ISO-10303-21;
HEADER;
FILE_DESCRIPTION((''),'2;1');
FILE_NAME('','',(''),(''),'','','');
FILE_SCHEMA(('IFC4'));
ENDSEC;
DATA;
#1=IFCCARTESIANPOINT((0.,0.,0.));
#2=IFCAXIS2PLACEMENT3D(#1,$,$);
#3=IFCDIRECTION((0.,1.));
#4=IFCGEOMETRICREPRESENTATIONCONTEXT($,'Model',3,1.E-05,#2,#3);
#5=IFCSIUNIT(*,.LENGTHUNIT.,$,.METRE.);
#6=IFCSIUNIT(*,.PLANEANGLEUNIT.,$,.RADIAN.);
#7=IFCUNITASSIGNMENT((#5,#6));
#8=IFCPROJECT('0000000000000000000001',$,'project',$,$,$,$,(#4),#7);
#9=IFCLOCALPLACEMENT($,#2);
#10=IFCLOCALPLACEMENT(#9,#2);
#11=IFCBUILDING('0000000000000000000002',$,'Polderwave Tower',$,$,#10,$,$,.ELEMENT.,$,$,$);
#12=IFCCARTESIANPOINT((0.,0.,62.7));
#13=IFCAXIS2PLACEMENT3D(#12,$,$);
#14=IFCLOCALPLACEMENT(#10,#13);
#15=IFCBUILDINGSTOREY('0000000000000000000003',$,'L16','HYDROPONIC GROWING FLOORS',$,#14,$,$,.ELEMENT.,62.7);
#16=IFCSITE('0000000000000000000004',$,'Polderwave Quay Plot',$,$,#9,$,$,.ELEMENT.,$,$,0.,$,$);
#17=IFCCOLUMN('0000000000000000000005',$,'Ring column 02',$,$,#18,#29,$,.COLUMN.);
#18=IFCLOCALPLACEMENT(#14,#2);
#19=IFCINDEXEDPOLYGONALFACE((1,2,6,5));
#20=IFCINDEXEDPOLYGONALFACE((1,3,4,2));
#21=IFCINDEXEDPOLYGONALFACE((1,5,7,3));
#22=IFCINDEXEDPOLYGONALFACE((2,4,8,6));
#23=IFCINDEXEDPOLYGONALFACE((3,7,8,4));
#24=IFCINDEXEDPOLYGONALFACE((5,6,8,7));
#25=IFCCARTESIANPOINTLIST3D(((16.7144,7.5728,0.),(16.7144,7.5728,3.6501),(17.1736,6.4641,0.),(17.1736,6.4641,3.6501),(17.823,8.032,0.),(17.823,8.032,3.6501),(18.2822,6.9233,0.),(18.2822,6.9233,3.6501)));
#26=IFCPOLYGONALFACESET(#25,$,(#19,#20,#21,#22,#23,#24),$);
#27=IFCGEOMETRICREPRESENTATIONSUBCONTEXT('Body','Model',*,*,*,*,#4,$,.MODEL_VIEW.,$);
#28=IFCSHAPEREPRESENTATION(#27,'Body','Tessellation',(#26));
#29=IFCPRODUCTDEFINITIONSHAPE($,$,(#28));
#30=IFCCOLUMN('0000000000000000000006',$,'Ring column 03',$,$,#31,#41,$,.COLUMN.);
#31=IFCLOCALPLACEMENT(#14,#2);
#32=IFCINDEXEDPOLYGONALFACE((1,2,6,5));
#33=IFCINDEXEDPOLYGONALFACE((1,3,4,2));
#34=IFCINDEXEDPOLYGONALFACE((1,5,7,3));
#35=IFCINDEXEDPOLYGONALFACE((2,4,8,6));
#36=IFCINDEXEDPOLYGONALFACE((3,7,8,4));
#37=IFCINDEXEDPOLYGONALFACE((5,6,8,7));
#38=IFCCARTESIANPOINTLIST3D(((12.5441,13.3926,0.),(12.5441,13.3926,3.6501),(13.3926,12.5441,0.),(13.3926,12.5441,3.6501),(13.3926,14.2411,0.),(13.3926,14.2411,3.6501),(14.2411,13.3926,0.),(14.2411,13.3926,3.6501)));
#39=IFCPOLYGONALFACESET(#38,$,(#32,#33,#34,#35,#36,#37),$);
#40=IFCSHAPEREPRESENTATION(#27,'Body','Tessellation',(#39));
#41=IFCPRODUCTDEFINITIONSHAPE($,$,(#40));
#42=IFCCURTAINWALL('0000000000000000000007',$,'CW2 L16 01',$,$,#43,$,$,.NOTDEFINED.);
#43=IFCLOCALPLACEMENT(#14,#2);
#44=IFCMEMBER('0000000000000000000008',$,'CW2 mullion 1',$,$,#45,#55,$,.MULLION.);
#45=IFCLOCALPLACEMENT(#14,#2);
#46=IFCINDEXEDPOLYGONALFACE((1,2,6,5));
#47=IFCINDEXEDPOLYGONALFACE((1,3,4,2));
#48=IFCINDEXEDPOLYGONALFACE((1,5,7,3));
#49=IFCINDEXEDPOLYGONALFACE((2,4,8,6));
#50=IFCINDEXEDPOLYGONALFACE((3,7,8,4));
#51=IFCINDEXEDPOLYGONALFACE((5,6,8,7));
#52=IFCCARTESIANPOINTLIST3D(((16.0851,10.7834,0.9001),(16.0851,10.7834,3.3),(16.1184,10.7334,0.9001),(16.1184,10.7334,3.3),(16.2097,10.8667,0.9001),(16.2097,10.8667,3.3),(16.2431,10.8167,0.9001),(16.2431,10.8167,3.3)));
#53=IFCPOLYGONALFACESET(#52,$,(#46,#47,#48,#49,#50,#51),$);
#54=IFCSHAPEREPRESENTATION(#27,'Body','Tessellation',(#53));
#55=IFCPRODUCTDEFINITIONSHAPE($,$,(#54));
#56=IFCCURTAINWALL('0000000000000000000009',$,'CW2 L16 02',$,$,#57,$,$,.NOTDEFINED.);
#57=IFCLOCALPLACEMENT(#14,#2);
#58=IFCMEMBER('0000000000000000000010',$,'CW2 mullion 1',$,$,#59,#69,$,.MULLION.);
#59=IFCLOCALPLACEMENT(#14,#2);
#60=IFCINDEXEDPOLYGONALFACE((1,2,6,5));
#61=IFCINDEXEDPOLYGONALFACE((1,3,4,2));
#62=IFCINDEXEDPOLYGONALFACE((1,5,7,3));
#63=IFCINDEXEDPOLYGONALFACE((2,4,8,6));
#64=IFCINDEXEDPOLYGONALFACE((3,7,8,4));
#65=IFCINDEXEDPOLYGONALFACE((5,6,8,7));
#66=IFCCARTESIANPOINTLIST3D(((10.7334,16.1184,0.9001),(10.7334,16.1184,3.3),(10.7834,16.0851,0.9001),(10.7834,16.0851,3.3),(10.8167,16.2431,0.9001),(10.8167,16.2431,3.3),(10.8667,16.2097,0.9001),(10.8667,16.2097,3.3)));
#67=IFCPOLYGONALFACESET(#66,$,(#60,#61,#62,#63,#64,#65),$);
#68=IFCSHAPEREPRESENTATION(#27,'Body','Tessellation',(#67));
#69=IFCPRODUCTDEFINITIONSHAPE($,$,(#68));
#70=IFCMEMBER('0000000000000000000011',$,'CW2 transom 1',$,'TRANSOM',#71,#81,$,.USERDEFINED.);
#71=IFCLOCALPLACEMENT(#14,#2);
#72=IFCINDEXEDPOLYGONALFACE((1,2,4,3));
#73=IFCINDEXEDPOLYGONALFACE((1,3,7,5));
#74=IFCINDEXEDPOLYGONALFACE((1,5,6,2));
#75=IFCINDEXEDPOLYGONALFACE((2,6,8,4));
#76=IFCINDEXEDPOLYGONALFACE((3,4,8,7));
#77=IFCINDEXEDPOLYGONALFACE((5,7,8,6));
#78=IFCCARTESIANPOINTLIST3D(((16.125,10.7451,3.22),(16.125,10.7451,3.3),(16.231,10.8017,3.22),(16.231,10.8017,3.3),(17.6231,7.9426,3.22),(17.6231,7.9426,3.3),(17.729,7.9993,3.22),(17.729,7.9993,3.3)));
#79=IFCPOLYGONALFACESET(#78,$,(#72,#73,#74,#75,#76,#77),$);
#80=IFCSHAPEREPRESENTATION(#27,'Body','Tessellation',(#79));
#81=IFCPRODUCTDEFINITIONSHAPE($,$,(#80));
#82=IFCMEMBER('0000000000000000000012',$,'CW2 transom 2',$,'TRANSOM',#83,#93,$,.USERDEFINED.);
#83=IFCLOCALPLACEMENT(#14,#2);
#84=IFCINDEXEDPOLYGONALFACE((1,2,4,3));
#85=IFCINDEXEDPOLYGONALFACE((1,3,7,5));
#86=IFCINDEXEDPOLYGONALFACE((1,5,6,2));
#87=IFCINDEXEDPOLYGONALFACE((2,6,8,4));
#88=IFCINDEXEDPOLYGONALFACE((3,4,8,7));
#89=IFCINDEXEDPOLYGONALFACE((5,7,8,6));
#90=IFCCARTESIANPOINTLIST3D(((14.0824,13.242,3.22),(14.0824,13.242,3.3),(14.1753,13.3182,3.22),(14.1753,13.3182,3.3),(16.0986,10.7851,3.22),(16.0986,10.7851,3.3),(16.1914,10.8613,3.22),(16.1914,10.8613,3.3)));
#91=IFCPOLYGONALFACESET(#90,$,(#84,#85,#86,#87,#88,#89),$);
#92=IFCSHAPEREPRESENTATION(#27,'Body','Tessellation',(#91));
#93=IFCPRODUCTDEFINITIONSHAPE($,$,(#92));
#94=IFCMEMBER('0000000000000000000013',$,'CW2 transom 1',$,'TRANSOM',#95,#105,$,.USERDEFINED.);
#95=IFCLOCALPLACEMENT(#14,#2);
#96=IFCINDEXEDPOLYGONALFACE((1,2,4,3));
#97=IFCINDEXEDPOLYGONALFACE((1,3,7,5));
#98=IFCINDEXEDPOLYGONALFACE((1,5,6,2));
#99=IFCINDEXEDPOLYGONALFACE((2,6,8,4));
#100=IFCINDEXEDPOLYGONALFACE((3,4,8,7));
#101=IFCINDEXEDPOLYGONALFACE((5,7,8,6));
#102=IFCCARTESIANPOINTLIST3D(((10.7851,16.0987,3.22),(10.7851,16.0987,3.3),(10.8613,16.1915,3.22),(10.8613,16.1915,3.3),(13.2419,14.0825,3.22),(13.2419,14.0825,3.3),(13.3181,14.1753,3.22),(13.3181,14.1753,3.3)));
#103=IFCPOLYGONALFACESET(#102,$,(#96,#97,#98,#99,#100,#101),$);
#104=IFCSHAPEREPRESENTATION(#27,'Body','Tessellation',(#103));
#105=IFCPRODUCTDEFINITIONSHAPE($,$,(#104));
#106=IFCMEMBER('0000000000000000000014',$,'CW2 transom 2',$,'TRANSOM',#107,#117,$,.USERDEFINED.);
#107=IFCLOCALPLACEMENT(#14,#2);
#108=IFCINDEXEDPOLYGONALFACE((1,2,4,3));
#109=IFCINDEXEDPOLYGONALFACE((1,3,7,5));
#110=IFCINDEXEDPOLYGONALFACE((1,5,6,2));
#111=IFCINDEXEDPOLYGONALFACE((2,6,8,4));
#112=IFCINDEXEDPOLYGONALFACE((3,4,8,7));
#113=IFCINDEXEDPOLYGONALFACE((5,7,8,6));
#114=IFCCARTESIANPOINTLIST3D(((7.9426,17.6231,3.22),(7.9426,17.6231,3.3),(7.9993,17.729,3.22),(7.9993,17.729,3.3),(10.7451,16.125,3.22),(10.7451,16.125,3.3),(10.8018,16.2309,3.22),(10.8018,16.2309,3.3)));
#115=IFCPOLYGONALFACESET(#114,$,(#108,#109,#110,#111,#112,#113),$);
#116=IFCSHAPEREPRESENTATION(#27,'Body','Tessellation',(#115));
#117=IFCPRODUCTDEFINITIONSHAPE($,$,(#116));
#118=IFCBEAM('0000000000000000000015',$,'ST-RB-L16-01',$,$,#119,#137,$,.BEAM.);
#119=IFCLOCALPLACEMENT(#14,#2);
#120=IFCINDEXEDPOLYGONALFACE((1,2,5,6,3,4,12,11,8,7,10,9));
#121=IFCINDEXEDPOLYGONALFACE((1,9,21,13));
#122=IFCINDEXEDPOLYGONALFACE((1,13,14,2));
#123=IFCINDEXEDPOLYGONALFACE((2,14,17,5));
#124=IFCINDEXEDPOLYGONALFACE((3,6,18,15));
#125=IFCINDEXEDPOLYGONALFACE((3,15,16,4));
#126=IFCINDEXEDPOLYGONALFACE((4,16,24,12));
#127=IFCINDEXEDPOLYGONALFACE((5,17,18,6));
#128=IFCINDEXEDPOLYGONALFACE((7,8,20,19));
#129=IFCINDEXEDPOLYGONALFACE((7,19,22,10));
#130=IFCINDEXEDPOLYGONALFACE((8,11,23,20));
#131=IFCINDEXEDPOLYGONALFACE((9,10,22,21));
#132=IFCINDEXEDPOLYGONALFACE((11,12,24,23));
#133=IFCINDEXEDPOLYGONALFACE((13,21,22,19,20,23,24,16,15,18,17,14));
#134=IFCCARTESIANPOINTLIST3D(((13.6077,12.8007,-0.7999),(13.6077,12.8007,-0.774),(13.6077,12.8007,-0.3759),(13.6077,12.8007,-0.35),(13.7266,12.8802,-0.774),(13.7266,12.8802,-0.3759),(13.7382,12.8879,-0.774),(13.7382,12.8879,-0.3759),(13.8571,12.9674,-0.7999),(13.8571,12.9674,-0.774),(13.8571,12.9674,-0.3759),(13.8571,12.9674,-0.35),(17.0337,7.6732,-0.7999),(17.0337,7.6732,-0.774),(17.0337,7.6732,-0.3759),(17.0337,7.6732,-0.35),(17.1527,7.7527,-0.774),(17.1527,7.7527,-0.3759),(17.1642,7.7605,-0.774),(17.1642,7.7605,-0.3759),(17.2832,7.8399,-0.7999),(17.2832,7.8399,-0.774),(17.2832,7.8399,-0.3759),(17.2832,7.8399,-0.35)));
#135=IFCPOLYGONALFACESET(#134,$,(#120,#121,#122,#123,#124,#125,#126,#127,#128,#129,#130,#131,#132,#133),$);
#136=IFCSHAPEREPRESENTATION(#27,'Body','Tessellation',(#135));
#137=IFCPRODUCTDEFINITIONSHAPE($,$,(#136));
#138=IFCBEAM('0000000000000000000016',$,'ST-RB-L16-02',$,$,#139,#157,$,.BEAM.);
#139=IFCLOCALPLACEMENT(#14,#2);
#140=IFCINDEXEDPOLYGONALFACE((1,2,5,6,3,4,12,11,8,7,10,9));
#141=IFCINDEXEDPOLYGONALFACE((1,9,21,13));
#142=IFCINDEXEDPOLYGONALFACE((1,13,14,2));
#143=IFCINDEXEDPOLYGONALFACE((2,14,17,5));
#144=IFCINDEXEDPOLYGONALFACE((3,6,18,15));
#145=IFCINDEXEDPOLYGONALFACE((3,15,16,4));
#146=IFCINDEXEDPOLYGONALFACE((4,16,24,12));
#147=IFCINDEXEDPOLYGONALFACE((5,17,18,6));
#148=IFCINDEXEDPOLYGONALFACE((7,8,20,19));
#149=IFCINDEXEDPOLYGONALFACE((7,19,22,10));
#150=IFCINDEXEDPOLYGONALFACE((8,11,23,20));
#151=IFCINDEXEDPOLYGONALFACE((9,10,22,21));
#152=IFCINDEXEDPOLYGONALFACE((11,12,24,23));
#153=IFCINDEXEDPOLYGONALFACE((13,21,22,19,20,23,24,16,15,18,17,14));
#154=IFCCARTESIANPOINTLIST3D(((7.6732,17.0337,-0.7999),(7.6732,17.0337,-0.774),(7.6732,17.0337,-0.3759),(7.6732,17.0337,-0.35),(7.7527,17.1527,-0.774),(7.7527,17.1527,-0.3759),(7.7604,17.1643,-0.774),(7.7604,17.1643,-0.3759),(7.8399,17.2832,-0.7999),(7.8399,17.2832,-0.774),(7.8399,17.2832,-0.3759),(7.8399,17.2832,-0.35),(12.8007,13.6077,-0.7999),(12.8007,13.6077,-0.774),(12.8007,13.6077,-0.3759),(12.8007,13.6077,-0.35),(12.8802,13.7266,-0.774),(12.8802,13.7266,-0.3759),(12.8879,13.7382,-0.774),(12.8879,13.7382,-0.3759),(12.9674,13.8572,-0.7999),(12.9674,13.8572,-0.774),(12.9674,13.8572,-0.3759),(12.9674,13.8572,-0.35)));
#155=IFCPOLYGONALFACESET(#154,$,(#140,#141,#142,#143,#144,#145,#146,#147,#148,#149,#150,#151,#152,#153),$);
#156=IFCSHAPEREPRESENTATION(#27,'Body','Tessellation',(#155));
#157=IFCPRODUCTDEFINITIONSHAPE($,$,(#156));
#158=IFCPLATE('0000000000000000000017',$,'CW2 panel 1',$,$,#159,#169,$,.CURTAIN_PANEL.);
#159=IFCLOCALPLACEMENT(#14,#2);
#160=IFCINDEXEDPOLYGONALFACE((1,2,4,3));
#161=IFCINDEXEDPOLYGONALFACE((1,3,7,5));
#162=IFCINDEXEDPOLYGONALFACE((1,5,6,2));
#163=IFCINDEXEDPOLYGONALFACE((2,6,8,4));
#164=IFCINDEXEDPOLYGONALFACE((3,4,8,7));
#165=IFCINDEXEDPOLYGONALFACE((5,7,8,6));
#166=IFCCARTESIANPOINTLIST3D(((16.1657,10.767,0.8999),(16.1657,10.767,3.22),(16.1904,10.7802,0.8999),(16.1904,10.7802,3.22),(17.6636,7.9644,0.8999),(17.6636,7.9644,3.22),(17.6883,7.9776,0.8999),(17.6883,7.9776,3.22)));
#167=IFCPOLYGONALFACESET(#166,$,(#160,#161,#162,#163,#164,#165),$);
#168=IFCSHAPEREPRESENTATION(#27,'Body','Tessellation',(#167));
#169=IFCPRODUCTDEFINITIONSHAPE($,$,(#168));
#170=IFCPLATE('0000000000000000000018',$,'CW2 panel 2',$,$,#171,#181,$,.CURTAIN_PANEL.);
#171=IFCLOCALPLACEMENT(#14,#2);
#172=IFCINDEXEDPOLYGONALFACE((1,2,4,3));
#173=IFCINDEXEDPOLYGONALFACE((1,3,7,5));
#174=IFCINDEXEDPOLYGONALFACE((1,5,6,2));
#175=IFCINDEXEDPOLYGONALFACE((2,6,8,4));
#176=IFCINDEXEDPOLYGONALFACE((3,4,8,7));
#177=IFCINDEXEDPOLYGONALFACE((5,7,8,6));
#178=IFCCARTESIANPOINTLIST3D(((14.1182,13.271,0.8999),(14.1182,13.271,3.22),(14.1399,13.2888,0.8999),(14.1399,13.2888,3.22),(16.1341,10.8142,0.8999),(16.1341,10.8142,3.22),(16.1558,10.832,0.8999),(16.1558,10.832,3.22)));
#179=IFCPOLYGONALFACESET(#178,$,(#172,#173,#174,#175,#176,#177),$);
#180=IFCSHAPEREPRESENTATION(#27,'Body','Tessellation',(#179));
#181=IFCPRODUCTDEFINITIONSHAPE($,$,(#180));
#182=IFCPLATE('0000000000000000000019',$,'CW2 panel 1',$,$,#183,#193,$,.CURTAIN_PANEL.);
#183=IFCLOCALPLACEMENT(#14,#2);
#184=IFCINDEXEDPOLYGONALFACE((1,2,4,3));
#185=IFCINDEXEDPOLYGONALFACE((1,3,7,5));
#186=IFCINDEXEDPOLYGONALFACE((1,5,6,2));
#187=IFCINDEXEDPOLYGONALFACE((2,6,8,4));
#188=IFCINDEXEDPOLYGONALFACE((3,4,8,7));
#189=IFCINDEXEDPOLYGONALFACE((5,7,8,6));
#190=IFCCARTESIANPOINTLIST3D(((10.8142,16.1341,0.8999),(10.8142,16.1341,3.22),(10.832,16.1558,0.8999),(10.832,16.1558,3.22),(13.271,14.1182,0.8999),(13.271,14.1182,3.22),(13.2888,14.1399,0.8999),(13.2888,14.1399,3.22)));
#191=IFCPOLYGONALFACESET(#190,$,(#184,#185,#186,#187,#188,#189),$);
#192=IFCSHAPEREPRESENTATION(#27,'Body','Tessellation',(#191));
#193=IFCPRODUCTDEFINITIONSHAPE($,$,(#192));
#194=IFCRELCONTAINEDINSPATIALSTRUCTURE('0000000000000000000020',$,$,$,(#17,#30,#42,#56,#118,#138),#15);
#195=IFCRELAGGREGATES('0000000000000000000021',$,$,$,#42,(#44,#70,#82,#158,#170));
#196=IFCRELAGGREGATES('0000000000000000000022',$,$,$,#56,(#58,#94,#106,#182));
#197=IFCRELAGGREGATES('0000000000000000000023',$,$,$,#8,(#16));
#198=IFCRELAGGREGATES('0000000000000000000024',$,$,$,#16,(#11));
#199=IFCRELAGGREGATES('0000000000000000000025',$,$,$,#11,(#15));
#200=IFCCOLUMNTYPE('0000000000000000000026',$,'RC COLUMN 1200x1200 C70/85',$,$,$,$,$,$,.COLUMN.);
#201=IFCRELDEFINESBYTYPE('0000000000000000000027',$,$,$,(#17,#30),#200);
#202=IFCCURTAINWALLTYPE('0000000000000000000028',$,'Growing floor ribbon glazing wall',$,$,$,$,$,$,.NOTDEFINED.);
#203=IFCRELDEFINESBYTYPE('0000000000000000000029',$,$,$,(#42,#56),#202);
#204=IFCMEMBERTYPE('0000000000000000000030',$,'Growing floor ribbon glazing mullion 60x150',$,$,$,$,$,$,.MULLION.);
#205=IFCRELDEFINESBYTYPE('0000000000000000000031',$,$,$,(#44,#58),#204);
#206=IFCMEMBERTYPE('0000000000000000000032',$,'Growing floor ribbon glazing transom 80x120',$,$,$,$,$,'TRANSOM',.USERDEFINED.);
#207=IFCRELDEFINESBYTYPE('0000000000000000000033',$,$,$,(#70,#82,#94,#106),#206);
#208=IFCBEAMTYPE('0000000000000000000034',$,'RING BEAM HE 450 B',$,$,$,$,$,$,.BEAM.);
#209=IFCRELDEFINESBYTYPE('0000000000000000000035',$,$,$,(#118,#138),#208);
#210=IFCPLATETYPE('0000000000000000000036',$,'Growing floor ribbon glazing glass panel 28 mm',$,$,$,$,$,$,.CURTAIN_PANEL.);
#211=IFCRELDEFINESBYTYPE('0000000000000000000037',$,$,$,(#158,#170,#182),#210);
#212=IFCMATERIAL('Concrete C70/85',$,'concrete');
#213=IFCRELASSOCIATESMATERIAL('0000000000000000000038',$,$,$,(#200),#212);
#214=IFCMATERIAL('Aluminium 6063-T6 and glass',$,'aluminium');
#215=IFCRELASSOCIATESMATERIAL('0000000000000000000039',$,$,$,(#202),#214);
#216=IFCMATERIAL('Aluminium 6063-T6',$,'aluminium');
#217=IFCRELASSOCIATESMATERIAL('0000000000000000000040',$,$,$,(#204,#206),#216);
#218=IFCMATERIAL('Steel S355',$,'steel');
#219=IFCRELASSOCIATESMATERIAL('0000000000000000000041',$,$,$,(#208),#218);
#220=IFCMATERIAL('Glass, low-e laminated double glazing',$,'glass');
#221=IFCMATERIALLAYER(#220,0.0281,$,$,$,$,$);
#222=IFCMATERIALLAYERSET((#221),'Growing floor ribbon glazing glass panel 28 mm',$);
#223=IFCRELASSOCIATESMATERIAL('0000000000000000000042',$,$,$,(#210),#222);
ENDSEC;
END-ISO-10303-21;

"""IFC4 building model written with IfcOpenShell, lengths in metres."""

from ifc_helpers import new_model, si_unit, direction, frame, origin, origin_2d, place, context, subcontext, project, spatial, rectangle, i_section, extrude, material, layer, layer_set, material_profile, profile_set, type_object, element, aggregate, save


model = new_model("IFC4")

# Units and contexts
model_context = context("Model", 3, precision=1e-05, world=origin(), true_north=direction((0.0, 1.0)))
body_context = subcontext(model_context, "Body", "Model", "MODEL_VIEW")
ifc_project = project(units=[si_unit("LENGTHUNIT", "METRE"), si_unit("PLANEANGLEUNIT", "RADIAN")], contexts=[model_context])

# Site, building, storey
site_placement = place(None, origin())
site = spatial("IfcSite", under=ifc_project, at=site_placement, Name="Polderwave Quay Plot", CompositionType="ELEMENT", RefElevation=0.0)
building_placement = place(site_placement, origin())
building = spatial("IfcBuilding", under=site, at=building_placement, Name="Polderwave Tower", CompositionType="ELEMENT")
storey_placement = place(building_placement, frame((0.0, 0.0, 62.7)))
storey = spatial("IfcBuildingStorey", under=building, at=storey_placement, Name="L16", Description="HYDROPONIC GROWING FLOORS", CompositionType="ELEMENT", Elevation=62.7)

# Columns
ifc_material_1 = material(Name="Concrete C70/85", Category="concrete")
ifc_material_profile_1 = material_profile(ifc_material_1, rectangle(XDim=1.2, YDim=1.2, at=origin_2d()), Name="RC 1200x1200")
ifc_profile_set_1 = profile_set([ifc_material_profile_1], Name="Concrete C70/85")
column_type = type_object("IfcColumnType", Name="RC COLUMN 1200x1200 C70/85", PredefinedType="COLUMN", material=ifc_profile_set_1)
for number, where, z_axis, x_axis, name in (
    (1, (17.4983, 7.248, 0.0), (0.0, 0.0, 1.0), (0.92388, 0.382683, 0.0), "Ring column 02"),
    (2, (13.3926, 13.3926, 0.0), (0.0, 0.0, 1.0), (0.707107, 0.707107, 0.0), "Ring column 03"),
):
    element("IfcColumn", number, at=place(storey_placement, frame(where, z_axis=z_axis, x_axis=x_axis)), inside=storey, type_object=column_type, Name=name, PredefinedType="COLUMN", context=body_context, shape_type="SweptSolid", body=[
        extrude(rectangle(XDim=1.2, YDim=1.2, at=origin_2d()), origin(), (0.0, 0.0, 1.0), 3.6501),
    ])

# Curtain walls, members
ifc_material_2 = material(Name="Aluminium 6063-T6 and glass", Category="aluminium")
curtain_wall_type = type_object("IfcCurtainWallType", Name="Growing floor ribbon glazing wall", PredefinedType="NOTDEFINED", material=ifc_material_2)
curtain_wall_1_placement = place(storey_placement, origin())
curtain_wall_1 = element("IfcCurtainWall", 3, at=curtain_wall_1_placement, inside=storey, type_object=curtain_wall_type, Name="CW2 L16 01", PredefinedType="NOTDEFINED")
ifc_material_3 = material(Name="Aluminium 6063-T6", Category="aluminium")
ifc_material_profile_2 = material_profile(ifc_material_3, rectangle(XDim=0.1499, YDim=0.0601, at=origin_2d()), Name="AL 60x150")
ifc_profile_set_2 = profile_set([ifc_material_profile_2], Name="Aluminium 6063-T6")
member_type_1 = type_object("IfcMemberType", Name="Growing floor ribbon glazing mullion 60x150", PredefinedType="MULLION", material=ifc_profile_set_2)
member_1_placement = place(storey_placement, frame((16.1641, 10.8, 0.9001), z_axis=(0.0, 0.0, 1.0), x_axis=(-0.831499, -0.555527, 0.0)))
member_1 = element("IfcMember", 4, at=member_1_placement, type_object=member_type_1, Name="CW2 mullion 1", PredefinedType="MULLION", context=body_context, shape_type="SweptSolid", body=[
    extrude(rectangle(XDim=0.1499, YDim=0.0601, at=origin_2d()), origin(), (0.0, 0.0, 1.0), 2.3999),
])
curtain_wall_2_placement = place(storey_placement, origin())
curtain_wall_2 = element("IfcCurtainWall", 5, at=curtain_wall_2_placement, inside=storey, type_object=curtain_wall_type, Name="CW2 L16 02", PredefinedType="NOTDEFINED")
member_2_placement = place(storey_placement, frame((10.8, 16.1641, 0.9001), z_axis=(0.0, 0.0, 1.0), x_axis=(-0.555527, -0.831499, 0.0)))
member_2 = element("IfcMember", 6, at=member_2_placement, type_object=member_type_1, Name="CW2 mullion 1", PredefinedType="MULLION", context=body_context, shape_type="SweptSolid", body=[
    extrude(rectangle(XDim=0.1499, YDim=0.0601, at=origin_2d()), origin(), (0.0, 0.0, 1.0), 2.3999),
])

# Members
ifc_material_profile_3 = material_profile(ifc_material_3, rectangle(XDim=0.1201, YDim=0.0801, at=origin_2d()), Name="AL 80x120")
ifc_profile_set_3 = profile_set([ifc_material_profile_3], Name="Aluminium 6063-T6")
member_type_2 = type_object("IfcMemberType", Name="Growing floor ribbon glazing transom 80x120", ElementType="TRANSOM", PredefinedType="USERDEFINED", material=ifc_profile_set_3)
member_3_placement = place(storey_placement, frame((17.676, 7.9709, 3.26), z_axis=(-0.471417, 0.88191, 0.0), x_axis=(-0.88191, -0.471417, 0.0)))
member_3 = element("IfcMember", 7, at=member_3_placement, type_object=member_type_2, Name="CW2 transom 1", ObjectType="TRANSOM", PredefinedType="USERDEFINED", context=body_context, shape_type="SweptSolid", body=[
    extrude(rectangle(XDim=0.1201, YDim=0.0801, at=origin_2d()), origin(), (0.0, 0.0, 1.0), 3.1777),
])
member_4_placement = place(storey_placement, frame((16.145, 10.8232, 3.26), z_axis=(-0.634371, 0.773029, 0.0), x_axis=(-0.773029, -0.634371, 0.0)))
member_4 = element("IfcMember", 8, at=member_4_placement, type_object=member_type_2, Name="CW2 transom 2", ObjectType="TRANSOM", PredefinedType="USERDEFINED", context=body_context, shape_type="SweptSolid", body=[
    extrude(rectangle(XDim=0.1201, YDim=0.0801, at=origin_2d()), origin(), (0.0, 0.0, 1.0), 3.1782),
])
member_5_placement = place(storey_placement, frame((13.28, 14.1289, 3.26), z_axis=(-0.773029, 0.634371, 0.0), x_axis=(-0.634371, -0.773029, 0.0)))
member_5 = element("IfcMember", 9, at=member_5_placement, type_object=member_type_2, Name="CW2 transom 1", ObjectType="TRANSOM", PredefinedType="USERDEFINED", context=body_context, shape_type="SweptSolid", body=[
    extrude(rectangle(XDim=0.1201, YDim=0.0801, at=origin_2d()), origin(), (0.0, 0.0, 1.0), 3.1782),
])
member_6_placement = place(storey_placement, frame((10.7734, 16.178, 3.26), z_axis=(-0.88191, 0.471417, 0.0), x_axis=(-0.471417, -0.88191, 0.0)))
member_6 = element("IfcMember", 10, at=member_6_placement, type_object=member_type_2, Name="CW2 transom 2", ObjectType="TRANSOM", PredefinedType="USERDEFINED", context=body_context, shape_type="SweptSolid", body=[
    extrude(rectangle(XDim=0.1201, YDim=0.0801, at=origin_2d()), origin(), (0.0, 0.0, 1.0), 3.1777),
])

# Beams
ifc_material_4 = material(Name="Steel S355", Category="steel")
ifc_material_profile_4 = material_profile(ifc_material_4, i_section(OverallWidth=0.3, OverallDepth=0.45, WebThickness=0.0139, FlangeThickness=0.0259, at=origin_2d()), Name="HE 450 B")
ifc_profile_set_4 = profile_set([ifc_material_profile_4], Name="Steel S355")
beam_type = type_object("IfcBeamType", Name="RING BEAM HE 450 B", PredefinedType="BEAM", material=ifc_profile_set_4)
for number, where, z_axis, x_axis, name in (
    (11, (17.1584, 7.7566, -0.575), (-0.555568, 0.831471, 0.0), (-0.831471, -0.555568, 0.0), "ST-RB-L16-01"),
    (12, (12.884, 13.7324, -0.575), (-0.831471, 0.555568, 0.0), (-0.555568, -0.831471, 0.0), "ST-RB-L16-02"),
):
    element("IfcBeam", number, at=place(storey_placement, frame(where, z_axis=z_axis, x_axis=x_axis)), inside=storey, type_object=beam_type, Name=name, PredefinedType="BEAM", context=body_context, shape_type="SweptSolid", body=[
        extrude(i_section(OverallWidth=0.3, OverallDepth=0.45, WebThickness=0.0139, FlangeThickness=0.0259, at=origin_2d()), origin(), (0.0, 0.0, 1.0), 6.1667),
    ])

# Plates
ifc_material_5 = material(Name="Glass, low-e laminated double glazing", Category="glass")
ifc_layer_1 = layer(ifc_material_5, 0.0281)
ifc_layer_set_1 = layer_set([ifc_layer_1], Name="Growing floor ribbon glazing glass panel 28 mm")
plate_type = type_object("IfcPlateType", Name="Growing floor ribbon glazing glass panel 28 mm", PredefinedType="CURTAIN_PANEL", material=ifc_layer_set_1)
plate_1_placement = place(storey_placement, frame((16.927, 9.3723, 0.8999), z_axis=(0.0, 0.0, 1.0), x_axis=(-0.471364, 0.881939, 0.0)))
plate_1 = element("IfcPlate", 13, at=plate_1_placement, type_object=plate_type, Name="CW2 panel 1", PredefinedType="CURTAIN_PANEL", context=body_context, shape_type="SweptSolid", body=[
    extrude(rectangle(XDim=3.1777, YDim=0.0281, at=origin_2d()), origin(), (0.0, 0.0, 1.0), 2.3201),
])
plate_2_placement = place(storey_placement, frame((15.137, 12.0515, 0.8999), z_axis=(0.0, 0.0, 1.0), x_axis=(-0.634341, 0.773054, 0.0)))
plate_2 = element("IfcPlate", 14, at=plate_2_placement, type_object=plate_type, Name="CW2 panel 2", PredefinedType="CURTAIN_PANEL", context=body_context, shape_type="SweptSolid", body=[
    extrude(rectangle(XDim=3.178, YDim=0.0281, at=origin_2d()), origin(), (0.0, 0.0, 1.0), 2.3201),
])
aggregate(curtain_wall_1, [member_1, member_3, member_4, plate_1, plate_2])
plate_3_placement = place(storey_placement, frame((12.0515, 15.137, 0.8999), z_axis=(0.0, 0.0, 1.0), x_axis=(-0.773054, 0.634341, 0.0)))
plate_3 = element("IfcPlate", 15, at=plate_3_placement, type_object=plate_type, Name="CW2 panel 1", PredefinedType="CURTAIN_PANEL", context=body_context, shape_type="SweptSolid", body=[
    extrude(rectangle(XDim=3.178, YDim=0.0281, at=origin_2d()), origin(), (0.0, 0.0, 1.0), 2.3201),
])
aggregate(curtain_wall_2, [member_2, member_5, member_6, plate_3])

save(model, "model.ifc")
